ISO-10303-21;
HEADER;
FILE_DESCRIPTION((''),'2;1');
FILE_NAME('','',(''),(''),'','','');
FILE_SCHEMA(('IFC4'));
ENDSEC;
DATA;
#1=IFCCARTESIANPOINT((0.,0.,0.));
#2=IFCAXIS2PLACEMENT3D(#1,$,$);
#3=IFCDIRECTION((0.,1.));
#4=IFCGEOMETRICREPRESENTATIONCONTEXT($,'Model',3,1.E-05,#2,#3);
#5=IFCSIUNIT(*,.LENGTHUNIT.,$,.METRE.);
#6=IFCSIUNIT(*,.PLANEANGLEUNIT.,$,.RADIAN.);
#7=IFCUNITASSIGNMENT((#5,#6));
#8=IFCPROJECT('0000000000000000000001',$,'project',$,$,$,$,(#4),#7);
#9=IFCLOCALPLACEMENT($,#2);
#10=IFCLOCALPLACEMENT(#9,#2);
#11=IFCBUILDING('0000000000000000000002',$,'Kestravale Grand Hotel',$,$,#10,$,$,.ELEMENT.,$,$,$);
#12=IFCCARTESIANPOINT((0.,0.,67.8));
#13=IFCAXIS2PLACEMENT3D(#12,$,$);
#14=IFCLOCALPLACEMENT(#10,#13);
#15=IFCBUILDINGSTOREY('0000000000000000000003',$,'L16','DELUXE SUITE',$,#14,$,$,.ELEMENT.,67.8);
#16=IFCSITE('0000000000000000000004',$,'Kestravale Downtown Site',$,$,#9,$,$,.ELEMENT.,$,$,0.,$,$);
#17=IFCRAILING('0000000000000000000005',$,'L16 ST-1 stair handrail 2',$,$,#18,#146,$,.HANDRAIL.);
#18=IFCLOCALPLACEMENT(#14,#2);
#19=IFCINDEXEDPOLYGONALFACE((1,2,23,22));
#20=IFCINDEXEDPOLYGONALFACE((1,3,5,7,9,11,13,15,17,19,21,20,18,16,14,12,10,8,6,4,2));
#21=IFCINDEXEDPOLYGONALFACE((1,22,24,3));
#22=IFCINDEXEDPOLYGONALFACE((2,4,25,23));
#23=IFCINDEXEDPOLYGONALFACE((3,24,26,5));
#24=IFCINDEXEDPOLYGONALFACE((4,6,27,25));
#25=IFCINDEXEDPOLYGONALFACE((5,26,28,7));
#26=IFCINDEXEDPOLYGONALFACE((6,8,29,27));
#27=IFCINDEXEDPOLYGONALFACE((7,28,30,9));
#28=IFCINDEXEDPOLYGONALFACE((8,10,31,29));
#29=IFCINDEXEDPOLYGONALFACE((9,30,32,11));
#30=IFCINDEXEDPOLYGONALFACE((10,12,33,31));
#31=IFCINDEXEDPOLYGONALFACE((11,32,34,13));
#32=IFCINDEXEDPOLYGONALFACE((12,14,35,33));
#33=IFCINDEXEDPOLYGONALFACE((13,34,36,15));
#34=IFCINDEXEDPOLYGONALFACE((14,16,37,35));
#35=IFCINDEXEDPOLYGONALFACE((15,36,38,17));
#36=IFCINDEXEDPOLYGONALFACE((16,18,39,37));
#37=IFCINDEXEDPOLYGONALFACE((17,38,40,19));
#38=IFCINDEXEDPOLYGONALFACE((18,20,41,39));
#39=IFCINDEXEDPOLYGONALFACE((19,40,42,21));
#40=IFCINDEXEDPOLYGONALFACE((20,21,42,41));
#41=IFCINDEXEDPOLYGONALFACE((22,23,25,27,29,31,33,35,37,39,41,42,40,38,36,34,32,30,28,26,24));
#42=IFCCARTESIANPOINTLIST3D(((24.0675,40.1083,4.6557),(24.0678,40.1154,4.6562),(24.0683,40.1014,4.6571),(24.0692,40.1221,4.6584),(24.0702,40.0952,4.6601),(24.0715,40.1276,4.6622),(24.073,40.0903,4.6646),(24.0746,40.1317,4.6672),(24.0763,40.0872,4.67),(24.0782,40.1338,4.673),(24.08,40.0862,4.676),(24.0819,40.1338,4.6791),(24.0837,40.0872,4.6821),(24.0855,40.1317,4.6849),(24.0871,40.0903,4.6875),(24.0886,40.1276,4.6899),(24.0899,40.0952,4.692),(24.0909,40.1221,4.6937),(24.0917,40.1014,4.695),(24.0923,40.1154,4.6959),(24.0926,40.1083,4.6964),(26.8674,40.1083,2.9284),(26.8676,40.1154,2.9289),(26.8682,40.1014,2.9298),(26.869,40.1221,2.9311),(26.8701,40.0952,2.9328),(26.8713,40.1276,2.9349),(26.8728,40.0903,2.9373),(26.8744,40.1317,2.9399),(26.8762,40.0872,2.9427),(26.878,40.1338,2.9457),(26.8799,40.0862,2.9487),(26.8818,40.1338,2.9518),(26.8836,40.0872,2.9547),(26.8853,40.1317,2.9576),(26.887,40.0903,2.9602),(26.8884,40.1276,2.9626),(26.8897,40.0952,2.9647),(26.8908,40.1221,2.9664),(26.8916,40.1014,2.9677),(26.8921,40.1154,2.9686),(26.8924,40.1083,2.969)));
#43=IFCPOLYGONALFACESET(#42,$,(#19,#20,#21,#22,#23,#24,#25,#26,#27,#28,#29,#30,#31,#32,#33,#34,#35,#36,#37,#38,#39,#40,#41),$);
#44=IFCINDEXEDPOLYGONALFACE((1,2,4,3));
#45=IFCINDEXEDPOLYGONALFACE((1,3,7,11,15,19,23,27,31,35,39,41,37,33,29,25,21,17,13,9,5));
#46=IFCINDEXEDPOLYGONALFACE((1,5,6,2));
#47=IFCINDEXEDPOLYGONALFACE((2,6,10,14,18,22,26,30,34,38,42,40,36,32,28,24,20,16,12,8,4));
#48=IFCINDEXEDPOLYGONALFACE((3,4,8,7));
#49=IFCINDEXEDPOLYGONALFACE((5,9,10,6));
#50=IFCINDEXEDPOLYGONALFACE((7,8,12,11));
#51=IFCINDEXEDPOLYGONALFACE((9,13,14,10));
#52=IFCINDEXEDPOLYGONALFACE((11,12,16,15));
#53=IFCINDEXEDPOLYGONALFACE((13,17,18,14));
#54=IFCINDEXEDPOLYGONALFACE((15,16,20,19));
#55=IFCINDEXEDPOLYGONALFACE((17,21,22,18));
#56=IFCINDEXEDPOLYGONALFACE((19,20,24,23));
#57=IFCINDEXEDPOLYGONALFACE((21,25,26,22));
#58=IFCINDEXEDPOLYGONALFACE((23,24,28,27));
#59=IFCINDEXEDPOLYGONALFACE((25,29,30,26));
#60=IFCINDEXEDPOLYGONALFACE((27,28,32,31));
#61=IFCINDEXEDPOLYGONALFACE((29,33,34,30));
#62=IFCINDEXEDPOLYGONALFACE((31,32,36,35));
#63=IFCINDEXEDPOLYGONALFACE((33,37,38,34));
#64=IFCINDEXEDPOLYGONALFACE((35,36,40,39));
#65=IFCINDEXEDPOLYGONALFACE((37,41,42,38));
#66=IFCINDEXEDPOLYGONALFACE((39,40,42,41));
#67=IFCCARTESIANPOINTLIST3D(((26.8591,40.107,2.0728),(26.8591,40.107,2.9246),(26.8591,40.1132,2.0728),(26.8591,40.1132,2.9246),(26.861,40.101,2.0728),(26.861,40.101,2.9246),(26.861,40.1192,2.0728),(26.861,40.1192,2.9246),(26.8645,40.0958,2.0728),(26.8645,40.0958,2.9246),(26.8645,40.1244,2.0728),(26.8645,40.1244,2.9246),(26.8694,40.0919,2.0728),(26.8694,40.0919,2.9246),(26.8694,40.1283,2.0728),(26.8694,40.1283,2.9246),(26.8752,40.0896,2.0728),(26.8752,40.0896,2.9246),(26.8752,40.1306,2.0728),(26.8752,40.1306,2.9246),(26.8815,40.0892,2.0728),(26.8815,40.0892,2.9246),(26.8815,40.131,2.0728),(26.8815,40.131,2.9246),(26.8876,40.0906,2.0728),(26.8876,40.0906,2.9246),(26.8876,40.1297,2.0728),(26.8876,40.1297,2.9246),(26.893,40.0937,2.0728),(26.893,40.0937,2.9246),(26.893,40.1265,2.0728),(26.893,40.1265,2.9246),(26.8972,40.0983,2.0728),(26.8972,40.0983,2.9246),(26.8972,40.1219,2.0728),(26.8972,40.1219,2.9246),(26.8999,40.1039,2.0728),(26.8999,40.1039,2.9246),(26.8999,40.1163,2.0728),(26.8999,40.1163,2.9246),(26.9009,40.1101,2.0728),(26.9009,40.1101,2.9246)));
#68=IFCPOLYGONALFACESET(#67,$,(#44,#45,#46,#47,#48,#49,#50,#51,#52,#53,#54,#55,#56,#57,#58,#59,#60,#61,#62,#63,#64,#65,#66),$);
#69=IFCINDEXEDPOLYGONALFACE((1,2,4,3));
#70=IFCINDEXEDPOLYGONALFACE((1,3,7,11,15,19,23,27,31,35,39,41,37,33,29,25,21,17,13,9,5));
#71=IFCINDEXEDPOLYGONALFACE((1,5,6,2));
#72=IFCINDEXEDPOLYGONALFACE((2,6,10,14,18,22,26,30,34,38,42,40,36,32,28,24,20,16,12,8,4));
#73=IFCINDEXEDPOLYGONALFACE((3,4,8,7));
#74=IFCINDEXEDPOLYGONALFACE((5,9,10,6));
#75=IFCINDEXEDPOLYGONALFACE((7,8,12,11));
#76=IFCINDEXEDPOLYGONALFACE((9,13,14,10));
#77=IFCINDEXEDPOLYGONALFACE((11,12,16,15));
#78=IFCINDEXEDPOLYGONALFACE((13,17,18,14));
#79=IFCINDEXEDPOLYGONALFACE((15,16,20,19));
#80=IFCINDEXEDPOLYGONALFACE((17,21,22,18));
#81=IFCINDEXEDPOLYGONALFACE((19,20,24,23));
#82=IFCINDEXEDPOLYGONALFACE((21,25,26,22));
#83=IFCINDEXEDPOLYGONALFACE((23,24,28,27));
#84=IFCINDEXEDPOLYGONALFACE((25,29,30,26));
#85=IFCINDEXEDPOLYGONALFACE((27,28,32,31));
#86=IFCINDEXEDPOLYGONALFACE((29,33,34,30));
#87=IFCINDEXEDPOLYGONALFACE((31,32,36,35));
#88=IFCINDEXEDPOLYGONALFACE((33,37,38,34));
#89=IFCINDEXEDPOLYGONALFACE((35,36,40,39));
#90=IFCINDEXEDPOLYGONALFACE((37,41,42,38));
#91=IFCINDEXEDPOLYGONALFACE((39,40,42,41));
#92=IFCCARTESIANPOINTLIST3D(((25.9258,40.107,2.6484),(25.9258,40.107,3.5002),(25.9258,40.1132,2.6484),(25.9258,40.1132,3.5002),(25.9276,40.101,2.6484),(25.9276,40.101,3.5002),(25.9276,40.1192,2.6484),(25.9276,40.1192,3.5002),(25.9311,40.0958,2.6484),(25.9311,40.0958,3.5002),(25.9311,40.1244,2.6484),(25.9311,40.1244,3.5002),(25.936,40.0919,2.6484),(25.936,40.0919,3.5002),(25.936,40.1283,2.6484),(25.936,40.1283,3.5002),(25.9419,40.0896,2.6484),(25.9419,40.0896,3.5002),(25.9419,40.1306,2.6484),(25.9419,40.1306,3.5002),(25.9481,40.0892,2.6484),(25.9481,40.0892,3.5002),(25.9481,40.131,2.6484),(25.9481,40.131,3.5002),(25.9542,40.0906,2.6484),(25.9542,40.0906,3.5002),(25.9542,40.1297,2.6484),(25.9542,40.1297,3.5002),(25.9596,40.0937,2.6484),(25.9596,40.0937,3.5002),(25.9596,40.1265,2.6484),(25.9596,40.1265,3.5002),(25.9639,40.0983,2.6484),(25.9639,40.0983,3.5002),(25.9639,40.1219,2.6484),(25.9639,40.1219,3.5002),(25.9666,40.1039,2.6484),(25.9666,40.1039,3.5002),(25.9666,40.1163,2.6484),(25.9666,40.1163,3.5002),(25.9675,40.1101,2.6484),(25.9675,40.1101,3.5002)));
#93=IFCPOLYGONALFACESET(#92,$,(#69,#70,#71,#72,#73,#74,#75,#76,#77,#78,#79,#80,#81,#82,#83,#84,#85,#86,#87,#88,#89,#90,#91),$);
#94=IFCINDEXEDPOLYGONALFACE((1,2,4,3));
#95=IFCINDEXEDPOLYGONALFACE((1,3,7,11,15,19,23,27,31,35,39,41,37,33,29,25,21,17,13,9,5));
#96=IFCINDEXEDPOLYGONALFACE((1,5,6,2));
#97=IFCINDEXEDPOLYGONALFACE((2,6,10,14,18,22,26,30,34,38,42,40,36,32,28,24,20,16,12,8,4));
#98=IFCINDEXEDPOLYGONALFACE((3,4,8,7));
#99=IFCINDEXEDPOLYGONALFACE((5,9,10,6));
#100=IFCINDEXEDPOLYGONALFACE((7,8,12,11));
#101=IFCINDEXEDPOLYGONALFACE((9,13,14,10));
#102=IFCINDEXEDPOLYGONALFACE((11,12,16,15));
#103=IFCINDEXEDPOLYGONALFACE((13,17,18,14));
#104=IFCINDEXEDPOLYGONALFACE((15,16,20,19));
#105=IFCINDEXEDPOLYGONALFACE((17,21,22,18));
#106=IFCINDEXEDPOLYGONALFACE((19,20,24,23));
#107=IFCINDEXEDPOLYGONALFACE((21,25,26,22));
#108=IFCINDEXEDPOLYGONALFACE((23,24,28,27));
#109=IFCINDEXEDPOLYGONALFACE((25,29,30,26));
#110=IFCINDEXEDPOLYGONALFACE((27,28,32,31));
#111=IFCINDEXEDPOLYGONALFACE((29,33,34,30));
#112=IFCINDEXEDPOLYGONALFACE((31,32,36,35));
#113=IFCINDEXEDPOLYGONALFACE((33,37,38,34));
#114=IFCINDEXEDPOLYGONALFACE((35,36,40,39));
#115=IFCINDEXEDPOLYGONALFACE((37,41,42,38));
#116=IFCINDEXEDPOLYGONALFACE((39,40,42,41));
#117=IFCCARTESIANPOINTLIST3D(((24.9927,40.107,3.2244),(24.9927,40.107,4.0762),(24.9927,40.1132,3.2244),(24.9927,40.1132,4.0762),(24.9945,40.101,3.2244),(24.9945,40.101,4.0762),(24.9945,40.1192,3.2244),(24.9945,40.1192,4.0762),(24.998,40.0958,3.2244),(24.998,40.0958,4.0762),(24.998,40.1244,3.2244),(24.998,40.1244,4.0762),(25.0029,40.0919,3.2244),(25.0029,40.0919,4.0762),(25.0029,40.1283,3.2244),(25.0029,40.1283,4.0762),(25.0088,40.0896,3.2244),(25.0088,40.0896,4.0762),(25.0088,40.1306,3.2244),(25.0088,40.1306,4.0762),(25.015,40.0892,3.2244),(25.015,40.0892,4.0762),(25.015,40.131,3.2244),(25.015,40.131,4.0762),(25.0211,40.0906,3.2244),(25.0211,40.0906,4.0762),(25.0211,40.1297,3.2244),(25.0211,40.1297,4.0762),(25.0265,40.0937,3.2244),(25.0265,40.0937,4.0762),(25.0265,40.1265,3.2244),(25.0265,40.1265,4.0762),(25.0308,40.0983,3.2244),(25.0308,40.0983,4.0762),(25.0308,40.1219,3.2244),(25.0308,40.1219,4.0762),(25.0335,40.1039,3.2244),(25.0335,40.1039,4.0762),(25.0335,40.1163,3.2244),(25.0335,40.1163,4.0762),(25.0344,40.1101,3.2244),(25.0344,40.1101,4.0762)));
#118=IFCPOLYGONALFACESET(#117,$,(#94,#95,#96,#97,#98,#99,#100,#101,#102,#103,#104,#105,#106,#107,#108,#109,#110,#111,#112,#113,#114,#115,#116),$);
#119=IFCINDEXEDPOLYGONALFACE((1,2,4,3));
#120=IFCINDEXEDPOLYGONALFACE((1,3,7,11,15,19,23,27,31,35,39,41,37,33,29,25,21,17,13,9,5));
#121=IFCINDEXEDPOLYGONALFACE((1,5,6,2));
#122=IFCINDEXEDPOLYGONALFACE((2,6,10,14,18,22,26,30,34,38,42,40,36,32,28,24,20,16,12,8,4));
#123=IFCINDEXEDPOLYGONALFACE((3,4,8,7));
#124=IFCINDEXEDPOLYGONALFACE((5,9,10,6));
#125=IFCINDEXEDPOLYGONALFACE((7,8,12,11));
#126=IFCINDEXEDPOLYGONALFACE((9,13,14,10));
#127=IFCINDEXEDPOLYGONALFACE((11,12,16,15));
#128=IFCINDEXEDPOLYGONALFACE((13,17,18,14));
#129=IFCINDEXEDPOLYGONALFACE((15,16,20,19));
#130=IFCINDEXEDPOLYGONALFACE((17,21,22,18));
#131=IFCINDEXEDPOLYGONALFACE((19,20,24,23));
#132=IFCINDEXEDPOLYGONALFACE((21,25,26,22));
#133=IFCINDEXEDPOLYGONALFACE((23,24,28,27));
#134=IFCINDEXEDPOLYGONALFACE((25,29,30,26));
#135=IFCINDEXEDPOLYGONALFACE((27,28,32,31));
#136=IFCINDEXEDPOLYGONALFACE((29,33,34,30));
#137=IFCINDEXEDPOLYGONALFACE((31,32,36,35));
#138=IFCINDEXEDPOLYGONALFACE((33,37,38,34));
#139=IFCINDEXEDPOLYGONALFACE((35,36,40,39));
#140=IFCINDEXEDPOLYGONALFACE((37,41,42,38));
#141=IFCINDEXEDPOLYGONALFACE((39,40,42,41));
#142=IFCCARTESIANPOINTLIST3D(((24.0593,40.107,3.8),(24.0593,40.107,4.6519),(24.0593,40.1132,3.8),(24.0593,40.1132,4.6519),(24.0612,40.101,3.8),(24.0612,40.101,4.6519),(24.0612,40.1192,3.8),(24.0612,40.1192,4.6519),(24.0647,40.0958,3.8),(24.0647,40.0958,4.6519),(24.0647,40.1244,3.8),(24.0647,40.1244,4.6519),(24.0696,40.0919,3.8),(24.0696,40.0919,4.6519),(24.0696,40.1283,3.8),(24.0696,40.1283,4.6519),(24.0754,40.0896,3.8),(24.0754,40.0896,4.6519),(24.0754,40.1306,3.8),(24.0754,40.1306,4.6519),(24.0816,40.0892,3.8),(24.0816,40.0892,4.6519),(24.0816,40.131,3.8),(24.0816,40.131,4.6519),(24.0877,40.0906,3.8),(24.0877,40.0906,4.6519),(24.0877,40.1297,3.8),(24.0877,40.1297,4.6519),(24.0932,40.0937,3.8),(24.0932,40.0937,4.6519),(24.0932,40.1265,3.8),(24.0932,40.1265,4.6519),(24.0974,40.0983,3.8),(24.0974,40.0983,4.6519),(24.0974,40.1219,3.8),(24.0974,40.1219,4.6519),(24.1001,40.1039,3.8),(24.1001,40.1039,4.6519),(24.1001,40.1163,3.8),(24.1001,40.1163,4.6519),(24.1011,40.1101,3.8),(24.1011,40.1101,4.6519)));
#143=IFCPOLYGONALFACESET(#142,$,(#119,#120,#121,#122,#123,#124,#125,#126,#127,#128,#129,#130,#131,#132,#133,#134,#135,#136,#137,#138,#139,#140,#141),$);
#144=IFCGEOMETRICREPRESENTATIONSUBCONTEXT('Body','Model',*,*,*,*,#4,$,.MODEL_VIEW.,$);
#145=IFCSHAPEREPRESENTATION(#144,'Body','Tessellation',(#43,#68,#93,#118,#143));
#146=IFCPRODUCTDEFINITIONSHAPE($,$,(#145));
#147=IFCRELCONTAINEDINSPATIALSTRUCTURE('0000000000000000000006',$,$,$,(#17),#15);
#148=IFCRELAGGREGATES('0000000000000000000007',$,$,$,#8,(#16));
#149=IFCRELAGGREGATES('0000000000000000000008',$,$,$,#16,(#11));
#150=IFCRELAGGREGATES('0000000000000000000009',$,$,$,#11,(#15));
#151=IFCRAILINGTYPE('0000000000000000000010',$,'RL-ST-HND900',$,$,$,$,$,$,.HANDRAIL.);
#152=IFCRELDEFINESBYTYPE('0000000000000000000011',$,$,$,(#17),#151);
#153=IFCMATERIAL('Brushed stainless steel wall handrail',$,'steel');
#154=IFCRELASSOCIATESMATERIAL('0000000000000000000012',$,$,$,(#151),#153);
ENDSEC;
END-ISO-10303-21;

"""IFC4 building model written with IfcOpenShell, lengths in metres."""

from ifc_helpers import new_model, si_unit, direction, frame, origin, origin_2d, place, context, subcontext, project, spatial, circle, extrude, material, type_object, element, save


model = new_model("IFC4")

# Units and contexts
model_context = context("Model", 3, precision=1e-05, world=origin(), true_north=direction((0.0, 1.0)))
body_context = subcontext(model_context, "Body", "Model", "MODEL_VIEW")
ifc_project = project(units=[si_unit("LENGTHUNIT", "METRE"), si_unit("PLANEANGLEUNIT", "RADIAN")], contexts=[model_context])

# Site, building, storey
site_placement = place(None, origin())
site = spatial("IfcSite", under=ifc_project, at=site_placement, Name="Kestravale Downtown Site", CompositionType="ELEMENT", RefElevation=0.0)
building_placement = place(site_placement, origin())
building = spatial("IfcBuilding", under=site, at=building_placement, Name="Kestravale Grand Hotel", CompositionType="ELEMENT")
storey_placement = place(building_placement, frame((0.0, 0.0, 67.8)))
storey = spatial("IfcBuildingStorey", under=building, at=storey_placement, Name="L16", Description="DELUXE SUITE", CompositionType="ELEMENT", Elevation=67.8)

# Railing
ifc_material_1 = material(Name="Brushed stainless steel wall handrail", Category="steel")
railing_type_1 = type_object("IfcRailingType", Name="RL-ST-HND900", PredefinedType="HANDRAIL", material=ifc_material_1)
railing_1_placement = place(storey_placement, frame((26.8799, 40.1101, 2.0728)))
element("IfcRailing", 1, at=railing_1_placement, inside=storey, type_object=railing_type_1, Name="L16 ST-1 stair handrail 2", PredefinedType="HANDRAIL", context=body_context, shape_type="SweptSolid", body=[
    extrude(circle(Radius=0.0239, at=origin_2d()), frame((0.0, 0.0, 0.876), z_axis=(-0.851069, 0.0, 0.525054), x_axis=(0.0, -1.0, 0.0)), (0.0, 0.0, 1.0), 3.2898),
    extrude(circle(Radius=0.021, at=origin_2d()), origin(), (0.0, 0.0, 1.0), 0.8518),
    extrude(circle(Radius=0.021, at=origin_2d()), frame((-0.9333, 0.0, 0.5757)), (0.0, 0.0, 1.0), 0.8518),
    extrude(circle(Radius=0.021, at=origin_2d()), frame((-1.8665, 0.0, 1.1516)), (0.0, 0.0, 1.0), 0.8518),
    extrude(circle(Radius=0.021, at=origin_2d()), frame((-2.7998, 0.0, 1.7273)), (0.0, 0.0, 1.0), 0.8518),
])

save(model, "model.ifc")
